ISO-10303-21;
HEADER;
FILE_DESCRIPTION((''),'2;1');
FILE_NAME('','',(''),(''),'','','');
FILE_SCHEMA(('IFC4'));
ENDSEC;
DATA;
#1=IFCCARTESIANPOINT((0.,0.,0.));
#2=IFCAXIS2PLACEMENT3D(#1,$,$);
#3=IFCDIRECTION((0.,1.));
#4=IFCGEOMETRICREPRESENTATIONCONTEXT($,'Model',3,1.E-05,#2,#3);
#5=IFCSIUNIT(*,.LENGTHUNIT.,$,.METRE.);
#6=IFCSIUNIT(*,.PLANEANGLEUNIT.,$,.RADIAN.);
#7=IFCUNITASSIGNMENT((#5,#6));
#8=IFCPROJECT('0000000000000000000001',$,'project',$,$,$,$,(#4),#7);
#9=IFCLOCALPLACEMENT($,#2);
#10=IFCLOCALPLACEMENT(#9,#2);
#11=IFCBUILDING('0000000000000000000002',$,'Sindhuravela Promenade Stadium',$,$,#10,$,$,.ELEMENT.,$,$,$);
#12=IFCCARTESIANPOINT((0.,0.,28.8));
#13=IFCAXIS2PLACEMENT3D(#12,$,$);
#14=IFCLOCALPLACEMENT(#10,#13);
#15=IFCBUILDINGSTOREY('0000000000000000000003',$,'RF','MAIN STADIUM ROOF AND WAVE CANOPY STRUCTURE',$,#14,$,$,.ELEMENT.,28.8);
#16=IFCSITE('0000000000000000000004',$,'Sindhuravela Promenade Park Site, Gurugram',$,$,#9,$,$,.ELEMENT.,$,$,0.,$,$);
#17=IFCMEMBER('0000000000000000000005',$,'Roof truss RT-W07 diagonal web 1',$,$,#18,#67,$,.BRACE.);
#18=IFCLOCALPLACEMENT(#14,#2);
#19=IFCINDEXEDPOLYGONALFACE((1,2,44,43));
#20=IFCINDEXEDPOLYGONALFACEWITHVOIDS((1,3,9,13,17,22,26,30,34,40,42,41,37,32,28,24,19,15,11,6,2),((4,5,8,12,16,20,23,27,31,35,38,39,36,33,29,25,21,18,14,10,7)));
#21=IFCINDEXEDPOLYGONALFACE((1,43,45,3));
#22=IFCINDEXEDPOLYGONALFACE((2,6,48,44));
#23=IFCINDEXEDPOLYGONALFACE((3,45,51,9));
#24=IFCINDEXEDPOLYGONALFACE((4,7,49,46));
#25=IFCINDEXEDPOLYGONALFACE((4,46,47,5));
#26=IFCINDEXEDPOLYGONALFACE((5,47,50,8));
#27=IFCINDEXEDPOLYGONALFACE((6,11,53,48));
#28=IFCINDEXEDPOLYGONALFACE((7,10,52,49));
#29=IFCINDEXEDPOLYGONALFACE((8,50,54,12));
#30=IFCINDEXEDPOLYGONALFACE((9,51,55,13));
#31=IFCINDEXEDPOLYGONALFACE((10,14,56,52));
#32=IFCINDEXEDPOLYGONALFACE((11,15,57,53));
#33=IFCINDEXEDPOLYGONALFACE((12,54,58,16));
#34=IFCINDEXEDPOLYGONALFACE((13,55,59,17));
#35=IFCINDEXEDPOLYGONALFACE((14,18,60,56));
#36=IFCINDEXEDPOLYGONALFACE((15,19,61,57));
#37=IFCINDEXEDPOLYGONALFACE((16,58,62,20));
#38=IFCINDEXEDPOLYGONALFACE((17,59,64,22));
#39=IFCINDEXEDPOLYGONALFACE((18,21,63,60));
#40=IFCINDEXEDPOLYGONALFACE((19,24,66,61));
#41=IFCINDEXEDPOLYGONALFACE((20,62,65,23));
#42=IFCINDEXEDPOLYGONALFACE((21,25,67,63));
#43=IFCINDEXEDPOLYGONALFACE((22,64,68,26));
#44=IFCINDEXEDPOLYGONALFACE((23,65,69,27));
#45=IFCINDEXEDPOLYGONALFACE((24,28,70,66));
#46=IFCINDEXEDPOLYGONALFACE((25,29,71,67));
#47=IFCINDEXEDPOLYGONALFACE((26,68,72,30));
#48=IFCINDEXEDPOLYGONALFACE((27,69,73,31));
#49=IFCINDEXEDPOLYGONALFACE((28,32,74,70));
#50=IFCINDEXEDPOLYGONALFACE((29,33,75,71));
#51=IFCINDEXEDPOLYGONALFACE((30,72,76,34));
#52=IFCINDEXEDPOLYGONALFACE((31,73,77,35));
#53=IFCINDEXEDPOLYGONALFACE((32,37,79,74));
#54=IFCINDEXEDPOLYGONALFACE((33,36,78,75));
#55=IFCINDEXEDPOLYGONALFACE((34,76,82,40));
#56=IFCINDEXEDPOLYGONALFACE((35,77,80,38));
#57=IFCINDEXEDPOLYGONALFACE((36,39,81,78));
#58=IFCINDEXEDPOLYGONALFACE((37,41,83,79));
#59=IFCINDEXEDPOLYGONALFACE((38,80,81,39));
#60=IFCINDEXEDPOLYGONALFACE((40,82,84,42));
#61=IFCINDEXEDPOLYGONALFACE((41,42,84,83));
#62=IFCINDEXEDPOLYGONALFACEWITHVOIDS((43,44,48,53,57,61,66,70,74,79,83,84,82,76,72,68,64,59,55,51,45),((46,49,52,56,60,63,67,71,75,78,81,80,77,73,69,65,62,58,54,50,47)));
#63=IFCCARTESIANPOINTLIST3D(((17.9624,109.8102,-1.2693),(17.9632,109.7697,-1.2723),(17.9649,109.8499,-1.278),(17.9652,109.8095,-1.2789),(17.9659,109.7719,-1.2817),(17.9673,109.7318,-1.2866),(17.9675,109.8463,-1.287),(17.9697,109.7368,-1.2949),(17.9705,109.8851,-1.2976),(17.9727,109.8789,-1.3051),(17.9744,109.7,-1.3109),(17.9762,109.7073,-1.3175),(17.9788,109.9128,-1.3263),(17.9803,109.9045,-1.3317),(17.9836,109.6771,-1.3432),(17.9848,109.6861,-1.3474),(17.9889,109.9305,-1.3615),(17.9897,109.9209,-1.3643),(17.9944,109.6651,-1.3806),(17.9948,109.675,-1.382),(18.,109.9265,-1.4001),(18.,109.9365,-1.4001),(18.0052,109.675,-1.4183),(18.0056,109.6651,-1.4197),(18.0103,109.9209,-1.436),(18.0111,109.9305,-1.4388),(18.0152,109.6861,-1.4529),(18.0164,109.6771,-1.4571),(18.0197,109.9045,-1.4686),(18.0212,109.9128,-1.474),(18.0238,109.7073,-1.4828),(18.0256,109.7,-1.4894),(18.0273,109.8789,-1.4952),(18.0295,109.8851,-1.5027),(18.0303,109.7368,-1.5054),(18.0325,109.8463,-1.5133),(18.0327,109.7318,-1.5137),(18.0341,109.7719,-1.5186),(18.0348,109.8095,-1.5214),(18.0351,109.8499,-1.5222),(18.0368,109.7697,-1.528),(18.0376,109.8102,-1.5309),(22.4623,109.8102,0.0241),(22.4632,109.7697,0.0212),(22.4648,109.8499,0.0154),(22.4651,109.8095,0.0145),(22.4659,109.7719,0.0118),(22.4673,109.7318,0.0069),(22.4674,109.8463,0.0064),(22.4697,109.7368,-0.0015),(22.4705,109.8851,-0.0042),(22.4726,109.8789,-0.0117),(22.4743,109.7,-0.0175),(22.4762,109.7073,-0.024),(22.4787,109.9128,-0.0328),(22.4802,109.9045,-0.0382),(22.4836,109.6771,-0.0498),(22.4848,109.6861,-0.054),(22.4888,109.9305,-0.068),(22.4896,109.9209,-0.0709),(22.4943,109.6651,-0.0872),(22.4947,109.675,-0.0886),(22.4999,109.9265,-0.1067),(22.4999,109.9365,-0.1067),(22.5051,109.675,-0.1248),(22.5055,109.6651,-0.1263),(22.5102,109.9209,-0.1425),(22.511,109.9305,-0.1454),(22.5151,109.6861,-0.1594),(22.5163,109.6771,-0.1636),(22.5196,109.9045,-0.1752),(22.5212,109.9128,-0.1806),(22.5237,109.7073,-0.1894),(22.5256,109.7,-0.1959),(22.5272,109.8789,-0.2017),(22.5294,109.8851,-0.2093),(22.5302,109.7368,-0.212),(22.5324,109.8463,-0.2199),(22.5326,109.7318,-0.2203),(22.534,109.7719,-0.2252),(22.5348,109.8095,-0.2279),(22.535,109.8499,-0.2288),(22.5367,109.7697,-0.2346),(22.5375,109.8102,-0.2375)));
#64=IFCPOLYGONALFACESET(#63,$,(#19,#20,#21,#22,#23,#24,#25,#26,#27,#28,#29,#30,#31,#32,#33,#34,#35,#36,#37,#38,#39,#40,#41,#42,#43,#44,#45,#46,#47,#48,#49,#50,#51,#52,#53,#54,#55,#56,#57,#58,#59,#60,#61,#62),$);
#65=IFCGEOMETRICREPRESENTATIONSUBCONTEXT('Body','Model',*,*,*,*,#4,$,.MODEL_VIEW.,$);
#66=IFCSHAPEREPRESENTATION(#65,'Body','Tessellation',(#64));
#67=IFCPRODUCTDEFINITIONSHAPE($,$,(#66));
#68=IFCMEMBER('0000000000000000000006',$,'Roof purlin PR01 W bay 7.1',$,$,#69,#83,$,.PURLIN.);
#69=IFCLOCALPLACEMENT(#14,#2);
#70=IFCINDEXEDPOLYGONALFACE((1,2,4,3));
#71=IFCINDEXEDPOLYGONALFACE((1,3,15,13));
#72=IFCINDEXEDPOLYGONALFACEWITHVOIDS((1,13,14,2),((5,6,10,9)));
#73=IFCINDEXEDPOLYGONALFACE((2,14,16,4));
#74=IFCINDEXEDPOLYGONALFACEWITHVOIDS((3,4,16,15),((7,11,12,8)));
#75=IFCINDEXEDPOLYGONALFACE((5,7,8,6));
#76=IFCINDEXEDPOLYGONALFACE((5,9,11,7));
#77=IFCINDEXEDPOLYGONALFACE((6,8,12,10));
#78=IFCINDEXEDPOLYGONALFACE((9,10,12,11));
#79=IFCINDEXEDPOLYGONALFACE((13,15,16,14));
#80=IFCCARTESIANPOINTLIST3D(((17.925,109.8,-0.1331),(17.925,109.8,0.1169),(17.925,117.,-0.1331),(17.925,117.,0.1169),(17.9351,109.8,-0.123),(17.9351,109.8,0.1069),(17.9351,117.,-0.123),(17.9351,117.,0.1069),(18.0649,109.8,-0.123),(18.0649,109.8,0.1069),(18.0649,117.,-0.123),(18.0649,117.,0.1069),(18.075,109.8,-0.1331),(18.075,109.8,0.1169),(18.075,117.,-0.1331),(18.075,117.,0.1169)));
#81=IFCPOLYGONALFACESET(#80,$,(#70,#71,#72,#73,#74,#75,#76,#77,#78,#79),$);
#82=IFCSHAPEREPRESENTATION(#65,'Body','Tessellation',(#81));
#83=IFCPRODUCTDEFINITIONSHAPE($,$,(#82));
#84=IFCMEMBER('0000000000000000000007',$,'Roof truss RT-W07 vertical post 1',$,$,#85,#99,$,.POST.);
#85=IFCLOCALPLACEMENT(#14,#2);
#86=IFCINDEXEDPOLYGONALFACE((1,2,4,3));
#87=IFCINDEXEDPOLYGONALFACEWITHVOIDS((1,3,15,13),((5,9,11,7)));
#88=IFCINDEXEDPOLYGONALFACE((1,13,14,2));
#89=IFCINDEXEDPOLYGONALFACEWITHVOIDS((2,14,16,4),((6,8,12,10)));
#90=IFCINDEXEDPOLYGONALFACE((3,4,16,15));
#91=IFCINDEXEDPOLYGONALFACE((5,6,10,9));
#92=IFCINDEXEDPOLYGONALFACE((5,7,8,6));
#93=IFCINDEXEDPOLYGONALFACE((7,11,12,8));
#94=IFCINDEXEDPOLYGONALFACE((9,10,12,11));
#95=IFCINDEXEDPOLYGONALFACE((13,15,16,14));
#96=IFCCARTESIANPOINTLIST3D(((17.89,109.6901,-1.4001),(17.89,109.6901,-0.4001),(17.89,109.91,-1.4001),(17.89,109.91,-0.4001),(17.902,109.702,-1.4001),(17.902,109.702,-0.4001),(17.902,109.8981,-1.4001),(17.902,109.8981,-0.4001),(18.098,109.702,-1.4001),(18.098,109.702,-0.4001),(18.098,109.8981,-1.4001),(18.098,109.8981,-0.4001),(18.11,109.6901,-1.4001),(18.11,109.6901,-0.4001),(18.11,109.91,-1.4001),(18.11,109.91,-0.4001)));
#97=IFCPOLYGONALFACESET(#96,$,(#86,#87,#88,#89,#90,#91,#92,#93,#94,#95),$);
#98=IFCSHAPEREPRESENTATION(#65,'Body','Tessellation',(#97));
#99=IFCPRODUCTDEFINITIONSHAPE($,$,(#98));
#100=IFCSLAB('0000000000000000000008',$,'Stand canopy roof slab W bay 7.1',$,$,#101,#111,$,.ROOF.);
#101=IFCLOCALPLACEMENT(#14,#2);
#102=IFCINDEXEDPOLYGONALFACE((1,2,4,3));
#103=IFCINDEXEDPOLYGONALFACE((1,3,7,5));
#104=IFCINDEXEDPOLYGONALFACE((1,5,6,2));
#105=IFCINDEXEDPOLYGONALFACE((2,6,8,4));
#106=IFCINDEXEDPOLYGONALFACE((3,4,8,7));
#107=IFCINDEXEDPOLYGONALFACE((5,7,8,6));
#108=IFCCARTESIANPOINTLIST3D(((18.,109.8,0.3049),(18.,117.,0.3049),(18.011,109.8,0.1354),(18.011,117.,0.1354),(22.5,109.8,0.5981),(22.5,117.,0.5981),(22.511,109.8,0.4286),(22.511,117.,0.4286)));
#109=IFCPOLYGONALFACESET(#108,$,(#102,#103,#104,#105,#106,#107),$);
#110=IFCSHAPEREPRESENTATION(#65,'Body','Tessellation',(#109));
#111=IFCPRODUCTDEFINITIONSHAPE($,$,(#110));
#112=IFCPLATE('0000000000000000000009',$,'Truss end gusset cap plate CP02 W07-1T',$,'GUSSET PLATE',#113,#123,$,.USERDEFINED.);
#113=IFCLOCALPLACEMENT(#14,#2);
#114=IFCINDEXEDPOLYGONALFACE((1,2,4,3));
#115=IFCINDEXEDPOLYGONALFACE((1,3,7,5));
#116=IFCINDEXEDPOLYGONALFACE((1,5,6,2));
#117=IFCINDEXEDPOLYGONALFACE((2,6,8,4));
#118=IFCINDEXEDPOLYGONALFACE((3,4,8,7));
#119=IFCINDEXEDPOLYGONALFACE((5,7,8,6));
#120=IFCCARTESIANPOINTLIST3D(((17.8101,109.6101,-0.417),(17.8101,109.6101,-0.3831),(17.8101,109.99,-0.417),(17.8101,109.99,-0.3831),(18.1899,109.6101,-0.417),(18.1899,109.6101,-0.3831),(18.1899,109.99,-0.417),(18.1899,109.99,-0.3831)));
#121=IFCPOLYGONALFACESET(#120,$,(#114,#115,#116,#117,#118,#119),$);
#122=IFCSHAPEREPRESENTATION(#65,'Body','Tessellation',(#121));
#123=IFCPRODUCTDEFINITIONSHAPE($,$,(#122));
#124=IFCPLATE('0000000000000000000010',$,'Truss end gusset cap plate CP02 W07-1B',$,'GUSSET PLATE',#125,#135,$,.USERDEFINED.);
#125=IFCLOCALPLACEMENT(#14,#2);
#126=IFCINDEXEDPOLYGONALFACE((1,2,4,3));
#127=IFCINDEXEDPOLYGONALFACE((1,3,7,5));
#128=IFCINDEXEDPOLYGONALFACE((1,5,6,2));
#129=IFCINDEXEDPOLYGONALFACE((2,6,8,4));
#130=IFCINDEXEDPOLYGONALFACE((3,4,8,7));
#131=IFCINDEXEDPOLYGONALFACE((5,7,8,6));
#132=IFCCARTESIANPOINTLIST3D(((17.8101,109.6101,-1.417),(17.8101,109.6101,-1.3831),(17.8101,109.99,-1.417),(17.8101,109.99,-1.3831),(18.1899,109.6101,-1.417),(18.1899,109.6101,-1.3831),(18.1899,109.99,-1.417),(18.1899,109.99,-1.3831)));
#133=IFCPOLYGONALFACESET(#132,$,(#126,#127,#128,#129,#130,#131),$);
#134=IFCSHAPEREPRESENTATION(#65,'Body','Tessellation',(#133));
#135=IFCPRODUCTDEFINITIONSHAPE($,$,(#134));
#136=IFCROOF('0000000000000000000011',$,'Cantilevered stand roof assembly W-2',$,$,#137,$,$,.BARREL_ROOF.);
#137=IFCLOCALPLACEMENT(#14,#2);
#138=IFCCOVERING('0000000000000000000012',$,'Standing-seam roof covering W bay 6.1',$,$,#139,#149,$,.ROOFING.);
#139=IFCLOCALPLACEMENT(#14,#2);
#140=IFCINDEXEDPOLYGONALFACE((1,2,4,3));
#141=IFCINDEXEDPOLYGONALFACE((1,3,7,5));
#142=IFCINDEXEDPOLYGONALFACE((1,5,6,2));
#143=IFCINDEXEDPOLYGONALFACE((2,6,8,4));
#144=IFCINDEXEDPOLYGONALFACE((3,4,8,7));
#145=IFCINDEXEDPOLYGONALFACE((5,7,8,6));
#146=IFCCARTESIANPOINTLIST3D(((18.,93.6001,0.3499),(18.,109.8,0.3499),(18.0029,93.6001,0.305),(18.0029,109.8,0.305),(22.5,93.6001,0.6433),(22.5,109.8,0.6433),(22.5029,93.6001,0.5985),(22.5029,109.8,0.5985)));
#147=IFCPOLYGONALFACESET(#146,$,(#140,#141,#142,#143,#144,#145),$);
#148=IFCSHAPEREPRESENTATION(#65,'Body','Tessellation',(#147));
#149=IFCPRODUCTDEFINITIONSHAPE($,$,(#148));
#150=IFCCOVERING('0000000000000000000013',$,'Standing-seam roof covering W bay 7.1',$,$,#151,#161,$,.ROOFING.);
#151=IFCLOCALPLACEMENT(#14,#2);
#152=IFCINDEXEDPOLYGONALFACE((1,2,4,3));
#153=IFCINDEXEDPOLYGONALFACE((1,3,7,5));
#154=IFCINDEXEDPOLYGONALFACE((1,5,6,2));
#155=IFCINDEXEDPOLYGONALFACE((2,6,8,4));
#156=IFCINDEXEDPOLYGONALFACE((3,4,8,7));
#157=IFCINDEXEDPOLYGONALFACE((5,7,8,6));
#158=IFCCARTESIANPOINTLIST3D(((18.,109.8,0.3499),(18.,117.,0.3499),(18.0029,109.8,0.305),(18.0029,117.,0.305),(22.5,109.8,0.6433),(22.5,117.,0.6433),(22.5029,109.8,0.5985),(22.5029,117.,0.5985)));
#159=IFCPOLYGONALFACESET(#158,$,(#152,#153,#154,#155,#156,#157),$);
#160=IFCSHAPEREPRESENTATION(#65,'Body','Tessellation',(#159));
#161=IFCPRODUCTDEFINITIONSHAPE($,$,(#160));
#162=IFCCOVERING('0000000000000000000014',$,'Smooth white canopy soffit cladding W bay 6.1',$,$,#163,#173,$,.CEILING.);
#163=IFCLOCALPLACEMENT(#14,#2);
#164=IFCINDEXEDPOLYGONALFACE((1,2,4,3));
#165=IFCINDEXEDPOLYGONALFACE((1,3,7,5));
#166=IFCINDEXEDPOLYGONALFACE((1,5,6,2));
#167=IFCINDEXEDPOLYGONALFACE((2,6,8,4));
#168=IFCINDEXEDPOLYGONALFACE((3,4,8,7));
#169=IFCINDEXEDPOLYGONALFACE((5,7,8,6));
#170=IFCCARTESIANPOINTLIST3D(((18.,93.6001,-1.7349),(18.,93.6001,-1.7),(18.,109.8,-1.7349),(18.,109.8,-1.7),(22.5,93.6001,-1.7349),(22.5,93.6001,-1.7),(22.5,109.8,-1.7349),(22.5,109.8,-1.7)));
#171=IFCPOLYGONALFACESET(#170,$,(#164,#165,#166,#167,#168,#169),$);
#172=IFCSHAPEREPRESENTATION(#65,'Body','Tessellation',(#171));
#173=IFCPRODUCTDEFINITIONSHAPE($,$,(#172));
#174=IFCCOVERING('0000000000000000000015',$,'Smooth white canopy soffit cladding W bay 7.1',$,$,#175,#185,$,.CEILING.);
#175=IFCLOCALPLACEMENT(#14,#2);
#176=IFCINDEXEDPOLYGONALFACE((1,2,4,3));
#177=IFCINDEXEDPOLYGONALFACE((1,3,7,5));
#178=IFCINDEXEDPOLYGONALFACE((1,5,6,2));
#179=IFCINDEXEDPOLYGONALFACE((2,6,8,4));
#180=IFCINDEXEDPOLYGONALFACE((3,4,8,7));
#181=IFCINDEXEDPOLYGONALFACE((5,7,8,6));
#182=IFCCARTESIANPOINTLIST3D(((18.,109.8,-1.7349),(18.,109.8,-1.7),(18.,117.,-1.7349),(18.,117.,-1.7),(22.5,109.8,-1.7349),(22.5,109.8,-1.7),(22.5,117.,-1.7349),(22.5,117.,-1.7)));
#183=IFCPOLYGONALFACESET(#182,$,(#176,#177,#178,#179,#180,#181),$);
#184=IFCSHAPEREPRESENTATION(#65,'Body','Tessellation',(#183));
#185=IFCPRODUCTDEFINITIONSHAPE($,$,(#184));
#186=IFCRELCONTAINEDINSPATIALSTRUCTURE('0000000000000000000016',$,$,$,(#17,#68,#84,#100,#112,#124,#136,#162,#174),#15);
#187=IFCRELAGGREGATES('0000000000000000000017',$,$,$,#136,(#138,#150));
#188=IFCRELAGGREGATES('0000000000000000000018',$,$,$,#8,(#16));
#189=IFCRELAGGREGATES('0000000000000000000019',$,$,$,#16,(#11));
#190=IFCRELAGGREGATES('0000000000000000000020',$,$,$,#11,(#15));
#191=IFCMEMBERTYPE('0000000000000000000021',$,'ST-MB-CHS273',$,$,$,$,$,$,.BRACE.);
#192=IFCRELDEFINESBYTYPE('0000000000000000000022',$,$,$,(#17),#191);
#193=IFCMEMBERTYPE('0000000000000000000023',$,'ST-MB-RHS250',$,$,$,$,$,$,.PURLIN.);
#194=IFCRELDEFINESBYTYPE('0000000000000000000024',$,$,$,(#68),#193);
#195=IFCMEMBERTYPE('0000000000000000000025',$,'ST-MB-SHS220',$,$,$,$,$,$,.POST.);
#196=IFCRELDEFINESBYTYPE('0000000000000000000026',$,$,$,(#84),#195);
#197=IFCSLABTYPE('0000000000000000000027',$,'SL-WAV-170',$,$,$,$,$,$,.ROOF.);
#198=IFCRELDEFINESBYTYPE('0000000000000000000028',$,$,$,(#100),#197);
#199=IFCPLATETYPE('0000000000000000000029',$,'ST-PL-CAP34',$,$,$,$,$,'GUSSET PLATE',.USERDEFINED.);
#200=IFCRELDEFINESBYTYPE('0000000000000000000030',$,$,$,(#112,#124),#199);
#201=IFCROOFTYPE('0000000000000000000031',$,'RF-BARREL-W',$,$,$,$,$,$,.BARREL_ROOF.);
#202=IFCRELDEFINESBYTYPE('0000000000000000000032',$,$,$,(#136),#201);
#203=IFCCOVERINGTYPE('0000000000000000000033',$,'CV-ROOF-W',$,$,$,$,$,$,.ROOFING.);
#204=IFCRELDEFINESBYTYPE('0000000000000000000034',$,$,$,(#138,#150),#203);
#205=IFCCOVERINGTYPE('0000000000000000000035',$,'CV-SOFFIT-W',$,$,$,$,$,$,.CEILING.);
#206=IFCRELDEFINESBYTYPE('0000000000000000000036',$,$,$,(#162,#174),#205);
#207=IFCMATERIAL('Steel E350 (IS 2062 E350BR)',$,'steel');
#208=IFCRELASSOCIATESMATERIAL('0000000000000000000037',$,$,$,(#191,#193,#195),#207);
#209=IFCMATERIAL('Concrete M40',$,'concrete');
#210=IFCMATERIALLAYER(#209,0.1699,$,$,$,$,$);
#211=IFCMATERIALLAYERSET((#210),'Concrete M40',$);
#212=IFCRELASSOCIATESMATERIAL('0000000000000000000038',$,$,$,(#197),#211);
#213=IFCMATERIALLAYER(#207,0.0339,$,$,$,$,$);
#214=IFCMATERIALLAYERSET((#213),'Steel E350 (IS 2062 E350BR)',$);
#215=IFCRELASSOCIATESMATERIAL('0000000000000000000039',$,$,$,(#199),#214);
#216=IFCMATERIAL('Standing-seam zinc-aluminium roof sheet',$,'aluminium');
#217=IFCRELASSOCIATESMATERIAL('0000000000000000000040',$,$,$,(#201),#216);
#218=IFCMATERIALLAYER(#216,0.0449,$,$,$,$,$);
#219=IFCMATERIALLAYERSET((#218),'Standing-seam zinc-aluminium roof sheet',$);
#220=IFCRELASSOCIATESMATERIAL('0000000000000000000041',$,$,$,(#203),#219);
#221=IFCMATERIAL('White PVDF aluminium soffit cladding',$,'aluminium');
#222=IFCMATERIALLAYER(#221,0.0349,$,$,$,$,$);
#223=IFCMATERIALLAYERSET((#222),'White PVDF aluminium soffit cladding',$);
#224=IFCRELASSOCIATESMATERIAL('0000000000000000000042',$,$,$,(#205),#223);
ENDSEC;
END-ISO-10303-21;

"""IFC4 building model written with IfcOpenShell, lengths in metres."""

from ifc_helpers import new_model, si_unit, direction, frame, origin, origin_2d, place, context, subcontext, project, spatial, polyline, rectangle, hollow_rectangle, hollow_circle, outline, extrude, material, layer, layer_set, material_profile, profile_set, type_object, element, aggregate, save


model = new_model("IFC4")

# Units and contexts
model_context = context("Model", 3, precision=1e-05, world=origin(), true_north=direction((0.0, 1.0)))
body_context = subcontext(model_context, "Body", "Model", "MODEL_VIEW")
ifc_project = project(units=[si_unit("LENGTHUNIT", "METRE"), si_unit("PLANEANGLEUNIT", "RADIAN")], contexts=[model_context])

# Site, building, storey
site_placement = place(None, origin())
site = spatial("IfcSite", under=ifc_project, at=site_placement, Name="Sindhuravela Promenade Park Site, Gurugram", CompositionType="ELEMENT", RefElevation=0.0)
building_placement = place(site_placement, origin())
building = spatial("IfcBuilding", under=site, at=building_placement, Name="Sindhuravela Promenade Stadium", CompositionType="ELEMENT")
storey_placement = place(building_placement, frame((0.0, 0.0, 28.8)))
storey = spatial("IfcBuildingStorey", under=building, at=storey_placement, Name="RF", Description="MAIN STADIUM ROOF AND WAVE CANOPY STRUCTURE", CompositionType="ELEMENT", Elevation=28.8)

# Shared definitions
ifc_material_1 = material(Name="Concrete M40", Category="concrete")
ifc_material_2 = material(Name="Steel E350 (IS 2062 E350BR)", Category="steel")

# Members
ifc_material_profile_1 = material_profile(ifc_material_2, hollow_circle(Radius=0.1365, WallThickness=0.01, at=origin_2d()), Name="CHS 273.0x10")
ifc_profile_set_1 = profile_set([ifc_material_profile_1], Name="Steel E350 (IS 2062 E350BR)")
member_type_1 = type_object("IfcMemberType", Name="ST-MB-CHS273", PredefinedType="BRACE", material=ifc_profile_set_1)
member_1_placement = place(storey_placement, frame((18.0, 109.8, -1.4001), z_axis=(0.961086, 0.0, 0.27625), x_axis=(0.0, 1.0, 0.0)))
element("IfcMember", 1, at=member_1_placement, inside=storey, type_object=member_type_1, Name="Roof truss RT-W07 diagonal web 1", PredefinedType="BRACE", context=body_context, shape_type="SweptSolid", body=[
    extrude(hollow_circle(Radius=0.1365, WallThickness=0.01, at=origin_2d()), origin(), (0.0, 0.0, 1.0), 4.6821),
])
ifc_material_profile_2 = material_profile(ifc_material_2, hollow_rectangle(XDim=0.1499, YDim=0.25, WallThickness=0.01, at=origin_2d()), Name="RHS 250x150x10")
ifc_profile_set_2 = profile_set([ifc_material_profile_2], Name="Steel E350 (IS 2062 E350BR)")
member_type_2 = type_object("IfcMemberType", Name="ST-MB-RHS250", PredefinedType="PURLIN", material=ifc_profile_set_2)
member_2_placement = place(storey_placement, frame((18.0, 109.8, -0.0081), z_axis=(0.0, 1.0, 0.0), x_axis=(-1.0, 0.0, 0.0)))
element("IfcMember", 2, at=member_2_placement, inside=storey, type_object=member_type_2, Name="Roof purlin PR01 W bay 7.1", PredefinedType="PURLIN", context=body_context, shape_type="SweptSolid", body=[
    extrude(hollow_rectangle(XDim=0.1499, YDim=0.25, WallThickness=0.01, at=origin_2d()), origin(), (0.0, 0.0, 1.0), 7.2),
])
ifc_material_profile_3 = material_profile(ifc_material_2, hollow_rectangle(XDim=0.22, YDim=0.22, WallThickness=0.012, at=origin_2d()), Name="SHS 220x220x12")
ifc_profile_set_3 = profile_set([ifc_material_profile_3], Name="Steel E350 (IS 2062 E350BR)")
member_type_3 = type_object("IfcMemberType", Name="ST-MB-SHS220", PredefinedType="POST", material=ifc_profile_set_3)
member_3_placement = place(storey_placement, frame((18.0, 109.8, -1.4001), z_axis=(0.0, 0.0, 1.0), x_axis=(1.0, 0.0, 0.0)))
element("IfcMember", 3, at=member_3_placement, inside=storey, type_object=member_type_3, Name="Roof truss RT-W07 vertical post 1", PredefinedType="POST", context=body_context, shape_type="SweptSolid", body=[
    extrude(hollow_rectangle(XDim=0.22, YDim=0.22, WallThickness=0.012, at=origin_2d()), origin(), (0.0, 0.0, 1.0), 1.0),
])

# Slab
ifc_layer_1 = layer(ifc_material_1, 0.1699)
ifc_layer_set_1 = layer_set([ifc_layer_1], Name="Concrete M40")
slab_type = type_object("IfcSlabType", Name="SL-WAV-170", PredefinedType="ROOF", material=ifc_layer_set_1)
slab_placement = place(storey_placement, frame((18.0, 109.8, 0.3049), z_axis=(-0.065021, 0.0, 0.997884), x_axis=(0.0, 1.0, 0.0)))
element("IfcSlab", 4, at=slab_placement, inside=storey, type_object=slab_type, Name="Stand canopy roof slab W bay 7.1", PredefinedType="ROOF", context=body_context, shape_type="SweptSolid", body=[
    extrude(outline(polyline([(0.0, 0.0), (0.0, -4.5095), (7.2, -4.5095), (7.2, 0.0), (0.0, 0.0)])), origin(), (0.0, 0.0, -1.0), 0.1699),
])

# Plates
ifc_layer_2 = layer(ifc_material_2, 0.0339)
ifc_layer_set_2 = layer_set([ifc_layer_2], Name="Steel E350 (IS 2062 E350BR)")
plate_type = type_object("IfcPlateType", Name="ST-PL-CAP34", ElementType="GUSSET PLATE", PredefinedType="USERDEFINED", material=ifc_layer_set_2)
for number, where, z_axis, x_axis, name in (
    (5, (18.0, 109.8, -0.417), (0.0, 0.0, 1.0), (1.0, 0.0, 0.0), "Truss end gusset cap plate CP02 W07-1T"),
    (6, (18.0, 109.8, -1.417), (0.0, 0.0, 1.0), (1.0, 0.0, 0.0), "Truss end gusset cap plate CP02 W07-1B"),
):
    element("IfcPlate", number, at=place(storey_placement, frame(where, z_axis=z_axis, x_axis=x_axis)), inside=storey, type_object=plate_type, Name=name, ObjectType="GUSSET PLATE", PredefinedType="USERDEFINED", context=body_context, shape_type="SweptSolid", body=[
        extrude(rectangle(XDim=0.3799, YDim=0.3799, at=origin_2d()), origin(), (0.0, 0.0, 1.0), 0.0339),
    ])

# Roof, coverings
ifc_material_3 = material(Name="Standing-seam zinc-aluminium roof sheet", Category="aluminium")
roof_type = type_object("IfcRoofType", Name="RF-BARREL-W", PredefinedType="BARREL_ROOF", material=ifc_material_3)
roof_placement = place(storey_placement, origin())
roof = element("IfcRoof", 7, at=roof_placement, inside=storey, type_object=roof_type, Name="Cantilevered stand roof assembly W-2", PredefinedType="BARREL_ROOF")
ifc_layer_3 = layer(ifc_material_3, 0.0449)
ifc_layer_set_3 = layer_set([ifc_layer_3], Name="Standing-seam zinc-aluminium roof sheet")
covering_type_1 = type_object("IfcCoveringType", Name="CV-ROOF-W", PredefinedType="ROOFING", material=ifc_layer_set_3)
covering_1_placement = place(storey_placement, frame((18.0, 93.6001, 0.3499), z_axis=(-0.065074, 0.0, 0.99788), x_axis=(0.0, 1.0, 0.0)))
covering_1 = element("IfcCovering", 8, at=covering_1_placement, type_object=covering_type_1, Name="Standing-seam roof covering W bay 6.1", PredefinedType="ROOFING", context=body_context, shape_type="SweptSolid", body=[
    extrude(outline(polyline([(0.0, 0.0), (0.0, -4.5096), (16.2, -4.5096), (16.2, 0.0), (0.0, 0.0)])), origin(), (0.0, 0.0, -1.0), 0.0449),
])
covering_2_placement = place(storey_placement, frame((18.0, 109.8, 0.3499), z_axis=(-0.065074, 0.0, 0.99788), x_axis=(0.0, 1.0, 0.0)))
covering_2 = element("IfcCovering", 9, at=covering_2_placement, type_object=covering_type_1, Name="Standing-seam roof covering W bay 7.1", PredefinedType="ROOFING", context=body_context, shape_type="SweptSolid", body=[
    extrude(outline(polyline([(0.0, 0.0), (0.0, -4.5096), (7.2, -4.5096), (7.2, 0.0), (0.0, 0.0)])), origin(), (0.0, 0.0, -1.0), 0.0449),
])
aggregate(roof, [covering_1, covering_2])

# Coverings
ifc_material_4 = material(Name="White PVDF aluminium soffit cladding", Category="aluminium")
ifc_layer_4 = layer(ifc_material_4, 0.0349)
ifc_layer_set_4 = layer_set([ifc_layer_4], Name="White PVDF aluminium soffit cladding")
covering_type_2 = type_object("IfcCoveringType", Name="CV-SOFFIT-W", PredefinedType="CEILING", material=ifc_layer_set_4)
covering_3_placement = place(storey_placement, frame((18.0, 93.6001, -1.7), z_axis=(0.0, 0.0, 1.0), x_axis=(0.0, 1.0, 0.0)))
element("IfcCovering", 10, at=covering_3_placement, inside=storey, type_object=covering_type_2, Name="Smooth white canopy soffit cladding W bay 6.1", PredefinedType="CEILING", context=body_context, shape_type="SweptSolid", body=[
    extrude(outline(polyline([(0.0, 0.0), (0.0, -4.5), (16.2, -4.5), (16.2, 0.0), (0.0, 0.0)])), origin(), (0.0, 0.0, -1.0), 0.0349),
])
covering_4_placement = place(storey_placement, frame((18.0, 109.8, -1.7), z_axis=(0.0, 0.0, 1.0), x_axis=(0.0, 1.0, 0.0)))
element("IfcCovering", 11, at=covering_4_placement, inside=storey, type_object=covering_type_2, Name="Smooth white canopy soffit cladding W bay 7.1", PredefinedType="CEILING", context=body_context, shape_type="SweptSolid", body=[
    extrude(outline(polyline([(0.0, 0.0), (0.0, -4.5), (7.2, -4.5), (7.2, 0.0), (0.0, 0.0)])), origin(), (0.0, 0.0, -1.0), 0.0349),
])

save(model, "model.ifc")
